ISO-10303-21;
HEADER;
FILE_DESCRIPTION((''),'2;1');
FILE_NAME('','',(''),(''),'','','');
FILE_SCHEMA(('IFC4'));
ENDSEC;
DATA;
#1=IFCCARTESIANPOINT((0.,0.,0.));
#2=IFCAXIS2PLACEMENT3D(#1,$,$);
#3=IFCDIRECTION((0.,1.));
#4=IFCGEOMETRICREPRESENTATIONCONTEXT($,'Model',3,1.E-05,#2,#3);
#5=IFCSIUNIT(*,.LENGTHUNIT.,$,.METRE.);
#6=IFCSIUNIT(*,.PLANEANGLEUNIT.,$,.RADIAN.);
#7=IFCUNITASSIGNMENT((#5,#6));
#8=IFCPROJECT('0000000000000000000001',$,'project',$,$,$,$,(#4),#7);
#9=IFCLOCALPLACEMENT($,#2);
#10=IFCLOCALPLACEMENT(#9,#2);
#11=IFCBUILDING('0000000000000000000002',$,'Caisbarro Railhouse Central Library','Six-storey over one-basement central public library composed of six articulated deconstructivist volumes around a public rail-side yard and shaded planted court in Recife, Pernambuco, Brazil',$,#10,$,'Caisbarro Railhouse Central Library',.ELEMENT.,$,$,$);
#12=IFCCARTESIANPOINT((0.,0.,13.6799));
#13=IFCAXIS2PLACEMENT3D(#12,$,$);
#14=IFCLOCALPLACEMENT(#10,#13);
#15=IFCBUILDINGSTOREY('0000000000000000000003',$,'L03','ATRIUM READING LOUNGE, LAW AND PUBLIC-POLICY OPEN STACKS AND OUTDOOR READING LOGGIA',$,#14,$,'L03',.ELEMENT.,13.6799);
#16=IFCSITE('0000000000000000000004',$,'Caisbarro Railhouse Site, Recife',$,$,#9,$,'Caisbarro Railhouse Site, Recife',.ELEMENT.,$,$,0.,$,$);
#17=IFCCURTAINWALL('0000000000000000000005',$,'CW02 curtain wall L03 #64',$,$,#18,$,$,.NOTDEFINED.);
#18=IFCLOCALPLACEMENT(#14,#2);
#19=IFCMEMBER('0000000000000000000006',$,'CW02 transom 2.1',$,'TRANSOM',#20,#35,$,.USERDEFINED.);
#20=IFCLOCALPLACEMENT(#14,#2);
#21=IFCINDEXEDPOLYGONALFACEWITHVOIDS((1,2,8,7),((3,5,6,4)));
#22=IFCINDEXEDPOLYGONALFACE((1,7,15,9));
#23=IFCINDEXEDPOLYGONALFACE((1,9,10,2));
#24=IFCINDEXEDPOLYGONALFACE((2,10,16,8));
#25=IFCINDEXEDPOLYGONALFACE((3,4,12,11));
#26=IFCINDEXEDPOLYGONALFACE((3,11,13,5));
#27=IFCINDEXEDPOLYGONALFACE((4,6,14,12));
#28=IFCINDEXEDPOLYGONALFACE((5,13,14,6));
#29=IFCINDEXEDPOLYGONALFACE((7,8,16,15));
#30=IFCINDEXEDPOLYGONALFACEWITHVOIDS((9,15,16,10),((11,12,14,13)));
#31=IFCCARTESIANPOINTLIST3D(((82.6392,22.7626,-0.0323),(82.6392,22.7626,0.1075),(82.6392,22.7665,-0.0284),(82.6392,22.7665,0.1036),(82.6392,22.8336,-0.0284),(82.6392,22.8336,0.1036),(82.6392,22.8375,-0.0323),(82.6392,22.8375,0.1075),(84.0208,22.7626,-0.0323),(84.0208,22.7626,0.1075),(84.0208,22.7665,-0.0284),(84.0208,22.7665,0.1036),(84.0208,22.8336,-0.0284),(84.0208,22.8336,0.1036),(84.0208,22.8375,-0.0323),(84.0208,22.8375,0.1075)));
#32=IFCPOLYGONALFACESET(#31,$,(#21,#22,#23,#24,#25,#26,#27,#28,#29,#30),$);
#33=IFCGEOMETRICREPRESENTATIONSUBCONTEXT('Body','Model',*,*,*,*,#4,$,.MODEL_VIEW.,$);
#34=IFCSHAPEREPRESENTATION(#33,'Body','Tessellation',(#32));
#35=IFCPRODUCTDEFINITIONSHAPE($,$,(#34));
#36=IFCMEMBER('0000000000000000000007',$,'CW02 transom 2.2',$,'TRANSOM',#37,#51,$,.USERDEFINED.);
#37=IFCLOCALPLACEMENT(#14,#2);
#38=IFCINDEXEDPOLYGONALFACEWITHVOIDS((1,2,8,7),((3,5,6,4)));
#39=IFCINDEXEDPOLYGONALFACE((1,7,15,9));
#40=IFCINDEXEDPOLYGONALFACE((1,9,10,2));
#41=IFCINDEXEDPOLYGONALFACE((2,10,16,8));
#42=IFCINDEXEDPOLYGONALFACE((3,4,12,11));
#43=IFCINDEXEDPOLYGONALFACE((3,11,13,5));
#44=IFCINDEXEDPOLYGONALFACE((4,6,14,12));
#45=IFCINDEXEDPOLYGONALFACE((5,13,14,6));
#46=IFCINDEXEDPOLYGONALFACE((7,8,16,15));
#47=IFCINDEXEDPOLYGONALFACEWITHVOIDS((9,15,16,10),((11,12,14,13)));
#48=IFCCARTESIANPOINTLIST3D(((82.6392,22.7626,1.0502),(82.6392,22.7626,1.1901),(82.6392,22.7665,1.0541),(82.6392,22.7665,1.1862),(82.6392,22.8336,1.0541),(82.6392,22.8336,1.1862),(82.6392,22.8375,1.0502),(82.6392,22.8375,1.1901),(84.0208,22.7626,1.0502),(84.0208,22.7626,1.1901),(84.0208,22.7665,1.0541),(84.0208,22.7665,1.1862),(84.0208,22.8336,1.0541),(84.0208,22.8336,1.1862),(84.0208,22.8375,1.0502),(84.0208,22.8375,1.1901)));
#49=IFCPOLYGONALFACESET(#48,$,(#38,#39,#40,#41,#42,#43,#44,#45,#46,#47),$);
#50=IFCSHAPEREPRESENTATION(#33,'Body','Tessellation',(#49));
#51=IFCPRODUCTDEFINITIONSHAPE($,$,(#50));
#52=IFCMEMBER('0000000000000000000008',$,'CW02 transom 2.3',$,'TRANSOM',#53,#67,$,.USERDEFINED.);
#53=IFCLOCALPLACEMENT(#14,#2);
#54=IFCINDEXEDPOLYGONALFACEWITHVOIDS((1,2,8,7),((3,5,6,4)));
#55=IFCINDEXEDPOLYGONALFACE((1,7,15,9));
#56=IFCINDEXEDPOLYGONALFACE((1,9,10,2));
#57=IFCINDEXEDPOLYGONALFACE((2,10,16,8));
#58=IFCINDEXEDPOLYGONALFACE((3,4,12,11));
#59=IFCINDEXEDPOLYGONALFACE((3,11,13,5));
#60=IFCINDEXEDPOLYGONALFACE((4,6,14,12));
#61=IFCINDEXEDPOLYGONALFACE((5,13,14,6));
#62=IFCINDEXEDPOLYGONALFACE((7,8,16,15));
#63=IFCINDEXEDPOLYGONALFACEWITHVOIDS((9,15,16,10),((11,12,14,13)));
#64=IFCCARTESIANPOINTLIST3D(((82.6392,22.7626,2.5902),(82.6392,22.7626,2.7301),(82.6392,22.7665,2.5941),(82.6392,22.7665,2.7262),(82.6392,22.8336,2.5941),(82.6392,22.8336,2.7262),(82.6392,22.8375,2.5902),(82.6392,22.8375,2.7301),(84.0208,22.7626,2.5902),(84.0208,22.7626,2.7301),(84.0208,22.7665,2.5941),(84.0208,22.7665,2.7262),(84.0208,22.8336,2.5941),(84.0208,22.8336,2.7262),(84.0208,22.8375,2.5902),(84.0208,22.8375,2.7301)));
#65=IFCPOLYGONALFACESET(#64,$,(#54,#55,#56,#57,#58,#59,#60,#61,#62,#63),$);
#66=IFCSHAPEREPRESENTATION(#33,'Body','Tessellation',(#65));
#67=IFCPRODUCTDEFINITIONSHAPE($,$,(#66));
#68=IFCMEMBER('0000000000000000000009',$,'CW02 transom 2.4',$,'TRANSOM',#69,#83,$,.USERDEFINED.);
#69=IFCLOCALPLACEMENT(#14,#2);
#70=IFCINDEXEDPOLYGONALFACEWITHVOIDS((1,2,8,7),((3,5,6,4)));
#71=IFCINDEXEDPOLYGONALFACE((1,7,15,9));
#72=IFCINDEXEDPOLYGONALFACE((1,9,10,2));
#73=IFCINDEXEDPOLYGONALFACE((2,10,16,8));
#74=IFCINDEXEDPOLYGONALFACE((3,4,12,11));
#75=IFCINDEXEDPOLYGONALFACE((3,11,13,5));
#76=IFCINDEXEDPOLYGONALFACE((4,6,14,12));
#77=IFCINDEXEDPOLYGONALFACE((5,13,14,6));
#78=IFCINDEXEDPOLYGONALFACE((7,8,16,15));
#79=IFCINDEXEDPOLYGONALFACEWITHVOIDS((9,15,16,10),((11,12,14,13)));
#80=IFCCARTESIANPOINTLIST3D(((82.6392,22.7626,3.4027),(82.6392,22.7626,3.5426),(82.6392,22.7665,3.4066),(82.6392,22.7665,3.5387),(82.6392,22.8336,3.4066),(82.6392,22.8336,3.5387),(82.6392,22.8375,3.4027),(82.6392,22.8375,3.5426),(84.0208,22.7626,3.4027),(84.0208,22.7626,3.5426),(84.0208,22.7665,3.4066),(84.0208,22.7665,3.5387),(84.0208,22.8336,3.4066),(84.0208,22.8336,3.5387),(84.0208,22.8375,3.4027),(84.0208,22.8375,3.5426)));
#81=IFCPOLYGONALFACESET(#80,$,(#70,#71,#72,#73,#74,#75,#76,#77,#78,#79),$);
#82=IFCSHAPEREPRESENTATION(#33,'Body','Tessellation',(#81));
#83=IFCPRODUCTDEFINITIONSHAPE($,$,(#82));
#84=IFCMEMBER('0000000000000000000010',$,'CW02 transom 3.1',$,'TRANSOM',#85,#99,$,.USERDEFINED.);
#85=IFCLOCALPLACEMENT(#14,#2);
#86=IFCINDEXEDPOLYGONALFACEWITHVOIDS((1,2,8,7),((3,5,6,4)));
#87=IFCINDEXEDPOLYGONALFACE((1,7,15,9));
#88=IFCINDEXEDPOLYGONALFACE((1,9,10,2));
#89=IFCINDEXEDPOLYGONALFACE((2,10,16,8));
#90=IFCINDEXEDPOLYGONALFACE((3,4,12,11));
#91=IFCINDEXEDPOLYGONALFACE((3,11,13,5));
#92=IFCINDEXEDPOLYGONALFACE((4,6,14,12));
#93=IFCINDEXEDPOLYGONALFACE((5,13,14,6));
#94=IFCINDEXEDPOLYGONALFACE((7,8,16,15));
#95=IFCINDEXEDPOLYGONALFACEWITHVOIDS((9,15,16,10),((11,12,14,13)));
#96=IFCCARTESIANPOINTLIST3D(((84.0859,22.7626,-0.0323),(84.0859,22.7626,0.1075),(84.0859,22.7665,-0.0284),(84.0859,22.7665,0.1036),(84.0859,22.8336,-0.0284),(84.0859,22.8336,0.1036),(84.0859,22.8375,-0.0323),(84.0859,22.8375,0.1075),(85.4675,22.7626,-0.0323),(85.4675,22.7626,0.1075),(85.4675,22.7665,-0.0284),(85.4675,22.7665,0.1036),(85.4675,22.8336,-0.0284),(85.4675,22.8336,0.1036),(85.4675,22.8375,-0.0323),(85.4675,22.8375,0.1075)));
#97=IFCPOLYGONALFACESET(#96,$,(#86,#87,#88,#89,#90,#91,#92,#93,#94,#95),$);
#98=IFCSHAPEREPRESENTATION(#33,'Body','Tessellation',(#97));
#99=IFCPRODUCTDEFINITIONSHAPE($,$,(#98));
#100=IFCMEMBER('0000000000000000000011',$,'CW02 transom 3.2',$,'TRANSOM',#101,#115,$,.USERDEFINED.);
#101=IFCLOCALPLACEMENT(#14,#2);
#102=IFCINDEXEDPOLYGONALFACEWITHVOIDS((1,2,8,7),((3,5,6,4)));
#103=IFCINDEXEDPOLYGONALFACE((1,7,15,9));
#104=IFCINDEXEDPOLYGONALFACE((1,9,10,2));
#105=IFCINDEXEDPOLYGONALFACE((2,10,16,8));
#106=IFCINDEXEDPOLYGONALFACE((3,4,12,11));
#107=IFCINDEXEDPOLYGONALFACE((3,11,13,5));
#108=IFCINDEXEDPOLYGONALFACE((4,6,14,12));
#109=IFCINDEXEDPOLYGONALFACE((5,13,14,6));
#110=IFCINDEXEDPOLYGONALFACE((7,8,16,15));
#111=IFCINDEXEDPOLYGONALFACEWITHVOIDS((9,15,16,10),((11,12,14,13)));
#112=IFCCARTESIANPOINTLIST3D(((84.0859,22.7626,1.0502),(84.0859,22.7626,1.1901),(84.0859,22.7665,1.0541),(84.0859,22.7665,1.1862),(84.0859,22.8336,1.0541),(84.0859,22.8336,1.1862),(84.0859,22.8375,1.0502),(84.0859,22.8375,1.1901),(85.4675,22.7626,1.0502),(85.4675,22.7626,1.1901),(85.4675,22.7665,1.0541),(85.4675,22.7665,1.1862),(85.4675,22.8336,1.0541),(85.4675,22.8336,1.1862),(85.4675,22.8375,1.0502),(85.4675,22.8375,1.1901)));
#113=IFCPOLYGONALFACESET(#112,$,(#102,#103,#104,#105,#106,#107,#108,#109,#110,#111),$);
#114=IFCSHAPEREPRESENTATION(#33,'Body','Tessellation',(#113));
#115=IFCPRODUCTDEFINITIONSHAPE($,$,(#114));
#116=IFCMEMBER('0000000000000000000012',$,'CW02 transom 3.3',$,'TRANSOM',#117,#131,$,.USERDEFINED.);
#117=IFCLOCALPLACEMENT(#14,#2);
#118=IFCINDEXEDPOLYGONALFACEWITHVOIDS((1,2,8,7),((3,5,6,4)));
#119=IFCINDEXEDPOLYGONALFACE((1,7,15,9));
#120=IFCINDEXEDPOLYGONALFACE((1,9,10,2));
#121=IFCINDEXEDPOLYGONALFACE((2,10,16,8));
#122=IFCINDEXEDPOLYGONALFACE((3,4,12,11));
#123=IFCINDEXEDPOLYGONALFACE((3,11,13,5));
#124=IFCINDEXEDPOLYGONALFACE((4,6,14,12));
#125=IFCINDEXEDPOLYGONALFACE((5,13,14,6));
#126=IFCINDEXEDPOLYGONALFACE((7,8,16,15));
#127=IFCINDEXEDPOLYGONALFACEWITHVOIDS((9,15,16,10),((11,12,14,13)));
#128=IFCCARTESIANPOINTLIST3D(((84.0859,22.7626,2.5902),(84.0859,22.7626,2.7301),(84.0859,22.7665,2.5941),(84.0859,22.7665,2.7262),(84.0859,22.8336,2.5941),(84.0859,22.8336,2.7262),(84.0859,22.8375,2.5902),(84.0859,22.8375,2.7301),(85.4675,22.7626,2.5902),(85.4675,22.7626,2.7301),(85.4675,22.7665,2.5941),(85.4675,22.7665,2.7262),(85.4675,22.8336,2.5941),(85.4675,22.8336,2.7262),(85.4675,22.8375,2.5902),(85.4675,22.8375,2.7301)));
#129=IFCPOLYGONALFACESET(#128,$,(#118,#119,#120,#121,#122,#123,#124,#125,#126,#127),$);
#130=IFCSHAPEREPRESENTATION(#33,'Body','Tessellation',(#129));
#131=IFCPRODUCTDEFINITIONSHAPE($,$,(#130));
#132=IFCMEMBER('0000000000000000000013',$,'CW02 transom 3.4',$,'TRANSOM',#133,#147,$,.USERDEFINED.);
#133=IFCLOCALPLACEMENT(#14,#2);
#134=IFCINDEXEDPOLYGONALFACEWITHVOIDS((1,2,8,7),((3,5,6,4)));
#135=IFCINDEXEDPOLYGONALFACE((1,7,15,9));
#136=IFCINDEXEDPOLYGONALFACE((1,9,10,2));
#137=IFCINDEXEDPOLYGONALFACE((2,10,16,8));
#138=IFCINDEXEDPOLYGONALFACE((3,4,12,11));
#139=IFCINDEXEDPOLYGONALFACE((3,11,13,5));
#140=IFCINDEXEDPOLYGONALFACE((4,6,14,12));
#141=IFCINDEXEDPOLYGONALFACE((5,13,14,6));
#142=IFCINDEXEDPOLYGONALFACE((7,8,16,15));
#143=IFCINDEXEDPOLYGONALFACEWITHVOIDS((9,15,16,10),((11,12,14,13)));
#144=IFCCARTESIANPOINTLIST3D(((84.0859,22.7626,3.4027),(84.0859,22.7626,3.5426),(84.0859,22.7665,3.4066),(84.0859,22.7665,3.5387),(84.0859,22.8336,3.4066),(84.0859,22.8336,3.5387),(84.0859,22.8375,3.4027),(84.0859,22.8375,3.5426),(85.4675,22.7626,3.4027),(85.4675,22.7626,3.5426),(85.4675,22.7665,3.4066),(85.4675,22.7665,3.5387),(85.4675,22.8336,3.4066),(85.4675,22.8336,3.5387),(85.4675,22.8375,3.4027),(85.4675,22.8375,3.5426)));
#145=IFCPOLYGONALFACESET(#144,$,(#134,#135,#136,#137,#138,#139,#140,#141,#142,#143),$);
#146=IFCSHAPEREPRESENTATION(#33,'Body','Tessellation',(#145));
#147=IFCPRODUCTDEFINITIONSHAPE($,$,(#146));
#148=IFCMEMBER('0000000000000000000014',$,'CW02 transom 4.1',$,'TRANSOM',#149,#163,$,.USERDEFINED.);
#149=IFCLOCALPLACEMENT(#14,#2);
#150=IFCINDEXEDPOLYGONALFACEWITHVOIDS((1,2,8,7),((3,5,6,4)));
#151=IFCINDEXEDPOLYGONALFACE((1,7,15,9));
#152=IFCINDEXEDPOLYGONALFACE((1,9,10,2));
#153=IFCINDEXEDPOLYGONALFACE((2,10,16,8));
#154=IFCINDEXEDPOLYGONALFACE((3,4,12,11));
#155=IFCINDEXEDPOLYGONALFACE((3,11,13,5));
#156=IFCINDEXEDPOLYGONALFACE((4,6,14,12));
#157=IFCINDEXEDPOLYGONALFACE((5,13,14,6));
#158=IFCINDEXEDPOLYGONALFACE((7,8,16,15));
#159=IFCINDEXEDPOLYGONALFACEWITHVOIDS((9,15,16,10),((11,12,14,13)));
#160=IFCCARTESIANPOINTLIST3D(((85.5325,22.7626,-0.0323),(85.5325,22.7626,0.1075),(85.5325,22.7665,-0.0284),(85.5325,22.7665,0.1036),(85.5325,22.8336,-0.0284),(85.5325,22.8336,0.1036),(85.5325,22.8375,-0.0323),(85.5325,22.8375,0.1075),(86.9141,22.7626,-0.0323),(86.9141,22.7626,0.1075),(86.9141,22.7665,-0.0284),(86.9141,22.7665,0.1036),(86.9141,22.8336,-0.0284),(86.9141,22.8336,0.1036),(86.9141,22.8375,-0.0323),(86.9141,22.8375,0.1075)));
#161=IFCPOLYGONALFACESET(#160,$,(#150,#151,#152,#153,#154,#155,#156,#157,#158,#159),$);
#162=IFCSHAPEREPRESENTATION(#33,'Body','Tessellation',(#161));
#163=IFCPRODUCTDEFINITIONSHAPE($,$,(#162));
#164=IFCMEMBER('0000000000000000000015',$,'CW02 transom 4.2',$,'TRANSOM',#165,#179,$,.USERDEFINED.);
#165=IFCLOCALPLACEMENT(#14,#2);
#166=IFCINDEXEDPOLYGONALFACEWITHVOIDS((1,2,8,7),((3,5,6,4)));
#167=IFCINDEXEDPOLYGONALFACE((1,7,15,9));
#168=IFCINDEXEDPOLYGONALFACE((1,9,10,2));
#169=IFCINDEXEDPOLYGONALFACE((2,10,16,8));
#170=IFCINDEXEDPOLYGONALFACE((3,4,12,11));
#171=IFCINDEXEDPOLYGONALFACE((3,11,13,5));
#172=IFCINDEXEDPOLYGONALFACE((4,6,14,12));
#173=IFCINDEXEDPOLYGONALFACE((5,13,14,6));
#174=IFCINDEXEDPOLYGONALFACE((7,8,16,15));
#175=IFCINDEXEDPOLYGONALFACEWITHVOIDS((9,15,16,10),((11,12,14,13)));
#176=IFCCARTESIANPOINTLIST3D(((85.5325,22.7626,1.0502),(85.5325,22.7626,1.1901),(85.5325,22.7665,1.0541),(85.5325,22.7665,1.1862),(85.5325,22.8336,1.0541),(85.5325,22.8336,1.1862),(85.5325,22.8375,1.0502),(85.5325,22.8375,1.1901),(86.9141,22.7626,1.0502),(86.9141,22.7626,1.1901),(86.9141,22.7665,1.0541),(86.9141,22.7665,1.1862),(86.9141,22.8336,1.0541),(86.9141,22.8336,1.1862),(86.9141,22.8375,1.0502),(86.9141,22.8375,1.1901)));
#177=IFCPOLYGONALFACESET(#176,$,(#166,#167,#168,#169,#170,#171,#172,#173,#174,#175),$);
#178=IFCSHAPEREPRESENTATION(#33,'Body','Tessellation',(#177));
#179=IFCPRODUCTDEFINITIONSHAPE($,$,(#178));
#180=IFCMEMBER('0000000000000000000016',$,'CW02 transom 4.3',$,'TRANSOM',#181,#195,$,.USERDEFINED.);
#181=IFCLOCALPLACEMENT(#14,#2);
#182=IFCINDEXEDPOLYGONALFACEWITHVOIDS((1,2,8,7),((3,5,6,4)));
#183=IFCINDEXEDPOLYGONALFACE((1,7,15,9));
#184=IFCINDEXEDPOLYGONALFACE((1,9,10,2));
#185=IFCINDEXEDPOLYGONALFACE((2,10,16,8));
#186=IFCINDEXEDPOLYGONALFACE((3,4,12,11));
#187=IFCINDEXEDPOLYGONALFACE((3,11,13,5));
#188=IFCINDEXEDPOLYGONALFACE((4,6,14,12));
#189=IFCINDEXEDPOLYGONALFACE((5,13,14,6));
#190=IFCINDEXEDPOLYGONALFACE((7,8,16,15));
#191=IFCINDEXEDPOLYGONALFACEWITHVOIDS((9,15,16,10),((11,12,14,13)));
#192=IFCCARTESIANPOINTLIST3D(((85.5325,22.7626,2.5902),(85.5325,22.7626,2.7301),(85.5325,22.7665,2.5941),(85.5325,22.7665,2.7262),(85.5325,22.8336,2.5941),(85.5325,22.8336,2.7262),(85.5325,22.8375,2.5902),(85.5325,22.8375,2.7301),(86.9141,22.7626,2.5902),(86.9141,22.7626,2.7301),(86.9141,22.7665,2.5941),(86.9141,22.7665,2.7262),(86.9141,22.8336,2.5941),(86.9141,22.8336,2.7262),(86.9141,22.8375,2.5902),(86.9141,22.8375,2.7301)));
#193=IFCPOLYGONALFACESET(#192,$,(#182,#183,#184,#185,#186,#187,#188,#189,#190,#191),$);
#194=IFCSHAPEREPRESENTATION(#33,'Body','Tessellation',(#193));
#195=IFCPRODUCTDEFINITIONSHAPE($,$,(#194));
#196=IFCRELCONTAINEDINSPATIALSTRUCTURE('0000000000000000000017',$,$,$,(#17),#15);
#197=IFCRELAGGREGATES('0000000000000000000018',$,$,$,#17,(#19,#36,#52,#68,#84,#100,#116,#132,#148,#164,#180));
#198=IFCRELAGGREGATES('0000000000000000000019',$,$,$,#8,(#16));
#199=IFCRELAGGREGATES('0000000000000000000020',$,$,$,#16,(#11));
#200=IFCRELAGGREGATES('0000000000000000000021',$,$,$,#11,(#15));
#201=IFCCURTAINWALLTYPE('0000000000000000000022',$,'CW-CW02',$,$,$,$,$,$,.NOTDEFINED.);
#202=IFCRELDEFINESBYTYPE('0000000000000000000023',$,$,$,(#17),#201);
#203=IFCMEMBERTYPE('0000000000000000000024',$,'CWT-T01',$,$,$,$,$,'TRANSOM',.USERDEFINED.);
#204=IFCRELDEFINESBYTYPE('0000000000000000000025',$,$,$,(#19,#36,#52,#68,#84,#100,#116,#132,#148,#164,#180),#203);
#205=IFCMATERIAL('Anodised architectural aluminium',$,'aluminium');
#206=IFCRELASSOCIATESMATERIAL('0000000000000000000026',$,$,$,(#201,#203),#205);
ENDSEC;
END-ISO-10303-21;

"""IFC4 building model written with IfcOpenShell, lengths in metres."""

from ifc_helpers import new_model, si_unit, direction, frame, origin, origin_2d, place, context, subcontext, project, spatial, hollow_rectangle, extrude, material, material_profile, profile_set, type_object, element, aggregate, save


model = new_model("IFC4")

# Units and contexts
model_context = context("Model", 3, precision=1e-05, world=origin(), true_north=direction((0.0, 1.0)))
body_context = subcontext(model_context, "Body", "Model", "MODEL_VIEW")
ifc_project = project(units=[si_unit("LENGTHUNIT", "METRE"), si_unit("PLANEANGLEUNIT", "RADIAN")], contexts=[model_context])

# Site, building, storey
site_placement = place(None, origin())
site = spatial("IfcSite", under=ifc_project, at=site_placement, Name="Caisbarro Railhouse Site, Recife", LongName="Caisbarro Railhouse Site, Recife", CompositionType="ELEMENT", RefElevation=0.0)
building_placement = place(site_placement, origin())
building = spatial("IfcBuilding", under=site, at=building_placement, Name="Caisbarro Railhouse Central Library", Description="Six-storey over one-basement central public library composed of six articulated deconstructivist volumes around a public rail-side yard and shaded planted court in Recife, Pernambuco, Brazil", LongName="Caisbarro Railhouse Central Library", CompositionType="ELEMENT")
storey_placement = place(building_placement, frame((0.0, 0.0, 13.6799)))
storey = spatial("IfcBuildingStorey", under=building, at=storey_placement, Name="L03", Description="ATRIUM READING LOUNGE, LAW AND PUBLIC-POLICY OPEN STACKS AND OUTDOOR READING LOGGIA", LongName="L03", CompositionType="ELEMENT", Elevation=13.6799)

# Curtain wall, members
ifc_material_1 = material(Name="Anodised architectural aluminium", Category="aluminium")
curtain_wall_type = type_object("IfcCurtainWallType", Name="CW-CW02", PredefinedType="NOTDEFINED", material=ifc_material_1)
curtain_wall_placement = place(storey_placement, origin())
curtain_wall = element("IfcCurtainWall", 1, at=curtain_wall_placement, inside=storey, type_object=curtain_wall_type, Name="CW02 curtain wall L03 #64", PredefinedType="NOTDEFINED")
ifc_material_profile_1 = material_profile(ifc_material_1, hollow_rectangle(XDim=0.075, YDim=0.1399, WallThickness=0.0039, at=origin_2d()), Name="ALU-TRN-75X140")
ifc_profile_set_1 = profile_set([ifc_material_profile_1], Name="Anodised architectural aluminium")
member_type_1 = type_object("IfcMemberType", Name="CWT-T01", ElementType="TRANSOM", PredefinedType="USERDEFINED", material=ifc_profile_set_1)
member_1_placement = place(storey_placement, frame((82.6392, 22.8, 0.0376), z_axis=(1.0, 0.0, 0.0), x_axis=(0.0, 1.0, 0.0)))
member_1 = element("IfcMember", 2, at=member_1_placement, type_object=member_type_1, Name="CW02 transom 2.1", ObjectType="TRANSOM", PredefinedType="USERDEFINED", context=body_context, shape_type="SweptSolid", body=[
    extrude(hollow_rectangle(XDim=0.075, YDim=0.1399, WallThickness=0.0039, at=origin_2d()), origin(), (0.0, 0.0, 1.0), 1.3816),
])
member_2_placement = place(storey_placement, frame((82.6392, 22.8, 1.1201), z_axis=(1.0, 0.0, 0.0), x_axis=(0.0, 1.0, 0.0)))
member_2 = element("IfcMember", 3, at=member_2_placement, type_object=member_type_1, Name="CW02 transom 2.2", ObjectType="TRANSOM", PredefinedType="USERDEFINED", context=body_context, shape_type="SweptSolid", body=[
    extrude(hollow_rectangle(XDim=0.075, YDim=0.1399, WallThickness=0.0039, at=origin_2d()), origin(), (0.0, 0.0, 1.0), 1.3816),
])
member_3_placement = place(storey_placement, frame((82.6392, 22.8, 2.6602), z_axis=(1.0, 0.0, 0.0), x_axis=(0.0, 1.0, 0.0)))
member_3 = element("IfcMember", 4, at=member_3_placement, type_object=member_type_1, Name="CW02 transom 2.3", ObjectType="TRANSOM", PredefinedType="USERDEFINED", context=body_context, shape_type="SweptSolid", body=[
    extrude(hollow_rectangle(XDim=0.075, YDim=0.1399, WallThickness=0.0039, at=origin_2d()), origin(), (0.0, 0.0, 1.0), 1.3816),
])
member_4_placement = place(storey_placement, frame((82.6392, 22.8, 3.4727), z_axis=(1.0, 0.0, 0.0), x_axis=(0.0, 1.0, 0.0)))
member_4 = element("IfcMember", 5, at=member_4_placement, type_object=member_type_1, Name="CW02 transom 2.4", ObjectType="TRANSOM", PredefinedType="USERDEFINED", context=body_context, shape_type="SweptSolid", body=[
    extrude(hollow_rectangle(XDim=0.075, YDim=0.1399, WallThickness=0.0039, at=origin_2d()), origin(), (0.0, 0.0, 1.0), 1.3816),
])
member_5_placement = place(storey_placement, frame((84.0859, 22.8, 0.0376), z_axis=(1.0, 0.0, 0.0), x_axis=(0.0, 1.0, 0.0)))
member_5 = element("IfcMember", 6, at=member_5_placement, type_object=member_type_1, Name="CW02 transom 3.1", ObjectType="TRANSOM", PredefinedType="USERDEFINED", context=body_context, shape_type="SweptSolid", body=[
    extrude(hollow_rectangle(XDim=0.075, YDim=0.1399, WallThickness=0.0039, at=origin_2d()), origin(), (0.0, 0.0, 1.0), 1.3816),
])
member_6_placement = place(storey_placement, frame((84.0859, 22.8, 1.1201), z_axis=(1.0, 0.0, 0.0), x_axis=(0.0, 1.0, 0.0)))
member_6 = element("IfcMember", 7, at=member_6_placement, type_object=member_type_1, Name="CW02 transom 3.2", ObjectType="TRANSOM", PredefinedType="USERDEFINED", context=body_context, shape_type="SweptSolid", body=[
    extrude(hollow_rectangle(XDim=0.075, YDim=0.1399, WallThickness=0.0039, at=origin_2d()), origin(), (0.0, 0.0, 1.0), 1.3816),
])
member_7_placement = place(storey_placement, frame((84.0859, 22.8, 2.6602), z_axis=(1.0, 0.0, 0.0), x_axis=(0.0, 1.0, 0.0)))
member_7 = element("IfcMember", 8, at=member_7_placement, type_object=member_type_1, Name="CW02 transom 3.3", ObjectType="TRANSOM", PredefinedType="USERDEFINED", context=body_context, shape_type="SweptSolid", body=[
    extrude(hollow_rectangle(XDim=0.075, YDim=0.1399, WallThickness=0.0039, at=origin_2d()), origin(), (0.0, 0.0, 1.0), 1.3816),
])
member_8_placement = place(storey_placement, frame((84.0859, 22.8, 3.4727), z_axis=(1.0, 0.0, 0.0), x_axis=(0.0, 1.0, 0.0)))
member_8 = element("IfcMember", 9, at=member_8_placement, type_object=member_type_1, Name="CW02 transom 3.4", ObjectType="TRANSOM", PredefinedType="USERDEFINED", context=body_context, shape_type="SweptSolid", body=[
    extrude(hollow_rectangle(XDim=0.075, YDim=0.1399, WallThickness=0.0039, at=origin_2d()), origin(), (0.0, 0.0, 1.0), 1.3816),
])
member_9_placement = place(storey_placement, frame((85.5325, 22.8, 0.0376), z_axis=(1.0, 0.0, 0.0), x_axis=(0.0, 1.0, 0.0)))
member_9 = element("IfcMember", 10, at=member_9_placement, type_object=member_type_1, Name="CW02 transom 4.1", ObjectType="TRANSOM", PredefinedType="USERDEFINED", context=body_context, shape_type="SweptSolid", body=[
    extrude(hollow_rectangle(XDim=0.075, YDim=0.1399, WallThickness=0.0039, at=origin_2d()), origin(), (0.0, 0.0, 1.0), 1.3816),
])
member_10_placement = place(storey_placement, frame((85.5325, 22.8, 1.1201), z_axis=(1.0, 0.0, 0.0), x_axis=(0.0, 1.0, 0.0)))
member_10 = element("IfcMember", 11, at=member_10_placement, type_object=member_type_1, Name="CW02 transom 4.2", ObjectType="TRANSOM", PredefinedType="USERDEFINED", context=body_context, shape_type="SweptSolid", body=[
    extrude(hollow_rectangle(XDim=0.075, YDim=0.1399, WallThickness=0.0039, at=origin_2d()), origin(), (0.0, 0.0, 1.0), 1.3816),
])
member_11_placement = place(storey_placement, frame((85.5325, 22.8, 2.6602), z_axis=(1.0, 0.0, 0.0), x_axis=(0.0, 1.0, 0.0)))
member_11 = element("IfcMember", 12, at=member_11_placement, type_object=member_type_1, Name="CW02 transom 4.3", ObjectType="TRANSOM", PredefinedType="USERDEFINED", context=body_context, shape_type="SweptSolid", body=[
    extrude(hollow_rectangle(XDim=0.075, YDim=0.1399, WallThickness=0.0039, at=origin_2d()), origin(), (0.0, 0.0, 1.0), 1.3816),
])
aggregate(curtain_wall, [member_1, member_2, member_3, member_4, member_5, member_6, member_7, member_8, member_9, member_10, member_11])

save(model, "model.ifc")
